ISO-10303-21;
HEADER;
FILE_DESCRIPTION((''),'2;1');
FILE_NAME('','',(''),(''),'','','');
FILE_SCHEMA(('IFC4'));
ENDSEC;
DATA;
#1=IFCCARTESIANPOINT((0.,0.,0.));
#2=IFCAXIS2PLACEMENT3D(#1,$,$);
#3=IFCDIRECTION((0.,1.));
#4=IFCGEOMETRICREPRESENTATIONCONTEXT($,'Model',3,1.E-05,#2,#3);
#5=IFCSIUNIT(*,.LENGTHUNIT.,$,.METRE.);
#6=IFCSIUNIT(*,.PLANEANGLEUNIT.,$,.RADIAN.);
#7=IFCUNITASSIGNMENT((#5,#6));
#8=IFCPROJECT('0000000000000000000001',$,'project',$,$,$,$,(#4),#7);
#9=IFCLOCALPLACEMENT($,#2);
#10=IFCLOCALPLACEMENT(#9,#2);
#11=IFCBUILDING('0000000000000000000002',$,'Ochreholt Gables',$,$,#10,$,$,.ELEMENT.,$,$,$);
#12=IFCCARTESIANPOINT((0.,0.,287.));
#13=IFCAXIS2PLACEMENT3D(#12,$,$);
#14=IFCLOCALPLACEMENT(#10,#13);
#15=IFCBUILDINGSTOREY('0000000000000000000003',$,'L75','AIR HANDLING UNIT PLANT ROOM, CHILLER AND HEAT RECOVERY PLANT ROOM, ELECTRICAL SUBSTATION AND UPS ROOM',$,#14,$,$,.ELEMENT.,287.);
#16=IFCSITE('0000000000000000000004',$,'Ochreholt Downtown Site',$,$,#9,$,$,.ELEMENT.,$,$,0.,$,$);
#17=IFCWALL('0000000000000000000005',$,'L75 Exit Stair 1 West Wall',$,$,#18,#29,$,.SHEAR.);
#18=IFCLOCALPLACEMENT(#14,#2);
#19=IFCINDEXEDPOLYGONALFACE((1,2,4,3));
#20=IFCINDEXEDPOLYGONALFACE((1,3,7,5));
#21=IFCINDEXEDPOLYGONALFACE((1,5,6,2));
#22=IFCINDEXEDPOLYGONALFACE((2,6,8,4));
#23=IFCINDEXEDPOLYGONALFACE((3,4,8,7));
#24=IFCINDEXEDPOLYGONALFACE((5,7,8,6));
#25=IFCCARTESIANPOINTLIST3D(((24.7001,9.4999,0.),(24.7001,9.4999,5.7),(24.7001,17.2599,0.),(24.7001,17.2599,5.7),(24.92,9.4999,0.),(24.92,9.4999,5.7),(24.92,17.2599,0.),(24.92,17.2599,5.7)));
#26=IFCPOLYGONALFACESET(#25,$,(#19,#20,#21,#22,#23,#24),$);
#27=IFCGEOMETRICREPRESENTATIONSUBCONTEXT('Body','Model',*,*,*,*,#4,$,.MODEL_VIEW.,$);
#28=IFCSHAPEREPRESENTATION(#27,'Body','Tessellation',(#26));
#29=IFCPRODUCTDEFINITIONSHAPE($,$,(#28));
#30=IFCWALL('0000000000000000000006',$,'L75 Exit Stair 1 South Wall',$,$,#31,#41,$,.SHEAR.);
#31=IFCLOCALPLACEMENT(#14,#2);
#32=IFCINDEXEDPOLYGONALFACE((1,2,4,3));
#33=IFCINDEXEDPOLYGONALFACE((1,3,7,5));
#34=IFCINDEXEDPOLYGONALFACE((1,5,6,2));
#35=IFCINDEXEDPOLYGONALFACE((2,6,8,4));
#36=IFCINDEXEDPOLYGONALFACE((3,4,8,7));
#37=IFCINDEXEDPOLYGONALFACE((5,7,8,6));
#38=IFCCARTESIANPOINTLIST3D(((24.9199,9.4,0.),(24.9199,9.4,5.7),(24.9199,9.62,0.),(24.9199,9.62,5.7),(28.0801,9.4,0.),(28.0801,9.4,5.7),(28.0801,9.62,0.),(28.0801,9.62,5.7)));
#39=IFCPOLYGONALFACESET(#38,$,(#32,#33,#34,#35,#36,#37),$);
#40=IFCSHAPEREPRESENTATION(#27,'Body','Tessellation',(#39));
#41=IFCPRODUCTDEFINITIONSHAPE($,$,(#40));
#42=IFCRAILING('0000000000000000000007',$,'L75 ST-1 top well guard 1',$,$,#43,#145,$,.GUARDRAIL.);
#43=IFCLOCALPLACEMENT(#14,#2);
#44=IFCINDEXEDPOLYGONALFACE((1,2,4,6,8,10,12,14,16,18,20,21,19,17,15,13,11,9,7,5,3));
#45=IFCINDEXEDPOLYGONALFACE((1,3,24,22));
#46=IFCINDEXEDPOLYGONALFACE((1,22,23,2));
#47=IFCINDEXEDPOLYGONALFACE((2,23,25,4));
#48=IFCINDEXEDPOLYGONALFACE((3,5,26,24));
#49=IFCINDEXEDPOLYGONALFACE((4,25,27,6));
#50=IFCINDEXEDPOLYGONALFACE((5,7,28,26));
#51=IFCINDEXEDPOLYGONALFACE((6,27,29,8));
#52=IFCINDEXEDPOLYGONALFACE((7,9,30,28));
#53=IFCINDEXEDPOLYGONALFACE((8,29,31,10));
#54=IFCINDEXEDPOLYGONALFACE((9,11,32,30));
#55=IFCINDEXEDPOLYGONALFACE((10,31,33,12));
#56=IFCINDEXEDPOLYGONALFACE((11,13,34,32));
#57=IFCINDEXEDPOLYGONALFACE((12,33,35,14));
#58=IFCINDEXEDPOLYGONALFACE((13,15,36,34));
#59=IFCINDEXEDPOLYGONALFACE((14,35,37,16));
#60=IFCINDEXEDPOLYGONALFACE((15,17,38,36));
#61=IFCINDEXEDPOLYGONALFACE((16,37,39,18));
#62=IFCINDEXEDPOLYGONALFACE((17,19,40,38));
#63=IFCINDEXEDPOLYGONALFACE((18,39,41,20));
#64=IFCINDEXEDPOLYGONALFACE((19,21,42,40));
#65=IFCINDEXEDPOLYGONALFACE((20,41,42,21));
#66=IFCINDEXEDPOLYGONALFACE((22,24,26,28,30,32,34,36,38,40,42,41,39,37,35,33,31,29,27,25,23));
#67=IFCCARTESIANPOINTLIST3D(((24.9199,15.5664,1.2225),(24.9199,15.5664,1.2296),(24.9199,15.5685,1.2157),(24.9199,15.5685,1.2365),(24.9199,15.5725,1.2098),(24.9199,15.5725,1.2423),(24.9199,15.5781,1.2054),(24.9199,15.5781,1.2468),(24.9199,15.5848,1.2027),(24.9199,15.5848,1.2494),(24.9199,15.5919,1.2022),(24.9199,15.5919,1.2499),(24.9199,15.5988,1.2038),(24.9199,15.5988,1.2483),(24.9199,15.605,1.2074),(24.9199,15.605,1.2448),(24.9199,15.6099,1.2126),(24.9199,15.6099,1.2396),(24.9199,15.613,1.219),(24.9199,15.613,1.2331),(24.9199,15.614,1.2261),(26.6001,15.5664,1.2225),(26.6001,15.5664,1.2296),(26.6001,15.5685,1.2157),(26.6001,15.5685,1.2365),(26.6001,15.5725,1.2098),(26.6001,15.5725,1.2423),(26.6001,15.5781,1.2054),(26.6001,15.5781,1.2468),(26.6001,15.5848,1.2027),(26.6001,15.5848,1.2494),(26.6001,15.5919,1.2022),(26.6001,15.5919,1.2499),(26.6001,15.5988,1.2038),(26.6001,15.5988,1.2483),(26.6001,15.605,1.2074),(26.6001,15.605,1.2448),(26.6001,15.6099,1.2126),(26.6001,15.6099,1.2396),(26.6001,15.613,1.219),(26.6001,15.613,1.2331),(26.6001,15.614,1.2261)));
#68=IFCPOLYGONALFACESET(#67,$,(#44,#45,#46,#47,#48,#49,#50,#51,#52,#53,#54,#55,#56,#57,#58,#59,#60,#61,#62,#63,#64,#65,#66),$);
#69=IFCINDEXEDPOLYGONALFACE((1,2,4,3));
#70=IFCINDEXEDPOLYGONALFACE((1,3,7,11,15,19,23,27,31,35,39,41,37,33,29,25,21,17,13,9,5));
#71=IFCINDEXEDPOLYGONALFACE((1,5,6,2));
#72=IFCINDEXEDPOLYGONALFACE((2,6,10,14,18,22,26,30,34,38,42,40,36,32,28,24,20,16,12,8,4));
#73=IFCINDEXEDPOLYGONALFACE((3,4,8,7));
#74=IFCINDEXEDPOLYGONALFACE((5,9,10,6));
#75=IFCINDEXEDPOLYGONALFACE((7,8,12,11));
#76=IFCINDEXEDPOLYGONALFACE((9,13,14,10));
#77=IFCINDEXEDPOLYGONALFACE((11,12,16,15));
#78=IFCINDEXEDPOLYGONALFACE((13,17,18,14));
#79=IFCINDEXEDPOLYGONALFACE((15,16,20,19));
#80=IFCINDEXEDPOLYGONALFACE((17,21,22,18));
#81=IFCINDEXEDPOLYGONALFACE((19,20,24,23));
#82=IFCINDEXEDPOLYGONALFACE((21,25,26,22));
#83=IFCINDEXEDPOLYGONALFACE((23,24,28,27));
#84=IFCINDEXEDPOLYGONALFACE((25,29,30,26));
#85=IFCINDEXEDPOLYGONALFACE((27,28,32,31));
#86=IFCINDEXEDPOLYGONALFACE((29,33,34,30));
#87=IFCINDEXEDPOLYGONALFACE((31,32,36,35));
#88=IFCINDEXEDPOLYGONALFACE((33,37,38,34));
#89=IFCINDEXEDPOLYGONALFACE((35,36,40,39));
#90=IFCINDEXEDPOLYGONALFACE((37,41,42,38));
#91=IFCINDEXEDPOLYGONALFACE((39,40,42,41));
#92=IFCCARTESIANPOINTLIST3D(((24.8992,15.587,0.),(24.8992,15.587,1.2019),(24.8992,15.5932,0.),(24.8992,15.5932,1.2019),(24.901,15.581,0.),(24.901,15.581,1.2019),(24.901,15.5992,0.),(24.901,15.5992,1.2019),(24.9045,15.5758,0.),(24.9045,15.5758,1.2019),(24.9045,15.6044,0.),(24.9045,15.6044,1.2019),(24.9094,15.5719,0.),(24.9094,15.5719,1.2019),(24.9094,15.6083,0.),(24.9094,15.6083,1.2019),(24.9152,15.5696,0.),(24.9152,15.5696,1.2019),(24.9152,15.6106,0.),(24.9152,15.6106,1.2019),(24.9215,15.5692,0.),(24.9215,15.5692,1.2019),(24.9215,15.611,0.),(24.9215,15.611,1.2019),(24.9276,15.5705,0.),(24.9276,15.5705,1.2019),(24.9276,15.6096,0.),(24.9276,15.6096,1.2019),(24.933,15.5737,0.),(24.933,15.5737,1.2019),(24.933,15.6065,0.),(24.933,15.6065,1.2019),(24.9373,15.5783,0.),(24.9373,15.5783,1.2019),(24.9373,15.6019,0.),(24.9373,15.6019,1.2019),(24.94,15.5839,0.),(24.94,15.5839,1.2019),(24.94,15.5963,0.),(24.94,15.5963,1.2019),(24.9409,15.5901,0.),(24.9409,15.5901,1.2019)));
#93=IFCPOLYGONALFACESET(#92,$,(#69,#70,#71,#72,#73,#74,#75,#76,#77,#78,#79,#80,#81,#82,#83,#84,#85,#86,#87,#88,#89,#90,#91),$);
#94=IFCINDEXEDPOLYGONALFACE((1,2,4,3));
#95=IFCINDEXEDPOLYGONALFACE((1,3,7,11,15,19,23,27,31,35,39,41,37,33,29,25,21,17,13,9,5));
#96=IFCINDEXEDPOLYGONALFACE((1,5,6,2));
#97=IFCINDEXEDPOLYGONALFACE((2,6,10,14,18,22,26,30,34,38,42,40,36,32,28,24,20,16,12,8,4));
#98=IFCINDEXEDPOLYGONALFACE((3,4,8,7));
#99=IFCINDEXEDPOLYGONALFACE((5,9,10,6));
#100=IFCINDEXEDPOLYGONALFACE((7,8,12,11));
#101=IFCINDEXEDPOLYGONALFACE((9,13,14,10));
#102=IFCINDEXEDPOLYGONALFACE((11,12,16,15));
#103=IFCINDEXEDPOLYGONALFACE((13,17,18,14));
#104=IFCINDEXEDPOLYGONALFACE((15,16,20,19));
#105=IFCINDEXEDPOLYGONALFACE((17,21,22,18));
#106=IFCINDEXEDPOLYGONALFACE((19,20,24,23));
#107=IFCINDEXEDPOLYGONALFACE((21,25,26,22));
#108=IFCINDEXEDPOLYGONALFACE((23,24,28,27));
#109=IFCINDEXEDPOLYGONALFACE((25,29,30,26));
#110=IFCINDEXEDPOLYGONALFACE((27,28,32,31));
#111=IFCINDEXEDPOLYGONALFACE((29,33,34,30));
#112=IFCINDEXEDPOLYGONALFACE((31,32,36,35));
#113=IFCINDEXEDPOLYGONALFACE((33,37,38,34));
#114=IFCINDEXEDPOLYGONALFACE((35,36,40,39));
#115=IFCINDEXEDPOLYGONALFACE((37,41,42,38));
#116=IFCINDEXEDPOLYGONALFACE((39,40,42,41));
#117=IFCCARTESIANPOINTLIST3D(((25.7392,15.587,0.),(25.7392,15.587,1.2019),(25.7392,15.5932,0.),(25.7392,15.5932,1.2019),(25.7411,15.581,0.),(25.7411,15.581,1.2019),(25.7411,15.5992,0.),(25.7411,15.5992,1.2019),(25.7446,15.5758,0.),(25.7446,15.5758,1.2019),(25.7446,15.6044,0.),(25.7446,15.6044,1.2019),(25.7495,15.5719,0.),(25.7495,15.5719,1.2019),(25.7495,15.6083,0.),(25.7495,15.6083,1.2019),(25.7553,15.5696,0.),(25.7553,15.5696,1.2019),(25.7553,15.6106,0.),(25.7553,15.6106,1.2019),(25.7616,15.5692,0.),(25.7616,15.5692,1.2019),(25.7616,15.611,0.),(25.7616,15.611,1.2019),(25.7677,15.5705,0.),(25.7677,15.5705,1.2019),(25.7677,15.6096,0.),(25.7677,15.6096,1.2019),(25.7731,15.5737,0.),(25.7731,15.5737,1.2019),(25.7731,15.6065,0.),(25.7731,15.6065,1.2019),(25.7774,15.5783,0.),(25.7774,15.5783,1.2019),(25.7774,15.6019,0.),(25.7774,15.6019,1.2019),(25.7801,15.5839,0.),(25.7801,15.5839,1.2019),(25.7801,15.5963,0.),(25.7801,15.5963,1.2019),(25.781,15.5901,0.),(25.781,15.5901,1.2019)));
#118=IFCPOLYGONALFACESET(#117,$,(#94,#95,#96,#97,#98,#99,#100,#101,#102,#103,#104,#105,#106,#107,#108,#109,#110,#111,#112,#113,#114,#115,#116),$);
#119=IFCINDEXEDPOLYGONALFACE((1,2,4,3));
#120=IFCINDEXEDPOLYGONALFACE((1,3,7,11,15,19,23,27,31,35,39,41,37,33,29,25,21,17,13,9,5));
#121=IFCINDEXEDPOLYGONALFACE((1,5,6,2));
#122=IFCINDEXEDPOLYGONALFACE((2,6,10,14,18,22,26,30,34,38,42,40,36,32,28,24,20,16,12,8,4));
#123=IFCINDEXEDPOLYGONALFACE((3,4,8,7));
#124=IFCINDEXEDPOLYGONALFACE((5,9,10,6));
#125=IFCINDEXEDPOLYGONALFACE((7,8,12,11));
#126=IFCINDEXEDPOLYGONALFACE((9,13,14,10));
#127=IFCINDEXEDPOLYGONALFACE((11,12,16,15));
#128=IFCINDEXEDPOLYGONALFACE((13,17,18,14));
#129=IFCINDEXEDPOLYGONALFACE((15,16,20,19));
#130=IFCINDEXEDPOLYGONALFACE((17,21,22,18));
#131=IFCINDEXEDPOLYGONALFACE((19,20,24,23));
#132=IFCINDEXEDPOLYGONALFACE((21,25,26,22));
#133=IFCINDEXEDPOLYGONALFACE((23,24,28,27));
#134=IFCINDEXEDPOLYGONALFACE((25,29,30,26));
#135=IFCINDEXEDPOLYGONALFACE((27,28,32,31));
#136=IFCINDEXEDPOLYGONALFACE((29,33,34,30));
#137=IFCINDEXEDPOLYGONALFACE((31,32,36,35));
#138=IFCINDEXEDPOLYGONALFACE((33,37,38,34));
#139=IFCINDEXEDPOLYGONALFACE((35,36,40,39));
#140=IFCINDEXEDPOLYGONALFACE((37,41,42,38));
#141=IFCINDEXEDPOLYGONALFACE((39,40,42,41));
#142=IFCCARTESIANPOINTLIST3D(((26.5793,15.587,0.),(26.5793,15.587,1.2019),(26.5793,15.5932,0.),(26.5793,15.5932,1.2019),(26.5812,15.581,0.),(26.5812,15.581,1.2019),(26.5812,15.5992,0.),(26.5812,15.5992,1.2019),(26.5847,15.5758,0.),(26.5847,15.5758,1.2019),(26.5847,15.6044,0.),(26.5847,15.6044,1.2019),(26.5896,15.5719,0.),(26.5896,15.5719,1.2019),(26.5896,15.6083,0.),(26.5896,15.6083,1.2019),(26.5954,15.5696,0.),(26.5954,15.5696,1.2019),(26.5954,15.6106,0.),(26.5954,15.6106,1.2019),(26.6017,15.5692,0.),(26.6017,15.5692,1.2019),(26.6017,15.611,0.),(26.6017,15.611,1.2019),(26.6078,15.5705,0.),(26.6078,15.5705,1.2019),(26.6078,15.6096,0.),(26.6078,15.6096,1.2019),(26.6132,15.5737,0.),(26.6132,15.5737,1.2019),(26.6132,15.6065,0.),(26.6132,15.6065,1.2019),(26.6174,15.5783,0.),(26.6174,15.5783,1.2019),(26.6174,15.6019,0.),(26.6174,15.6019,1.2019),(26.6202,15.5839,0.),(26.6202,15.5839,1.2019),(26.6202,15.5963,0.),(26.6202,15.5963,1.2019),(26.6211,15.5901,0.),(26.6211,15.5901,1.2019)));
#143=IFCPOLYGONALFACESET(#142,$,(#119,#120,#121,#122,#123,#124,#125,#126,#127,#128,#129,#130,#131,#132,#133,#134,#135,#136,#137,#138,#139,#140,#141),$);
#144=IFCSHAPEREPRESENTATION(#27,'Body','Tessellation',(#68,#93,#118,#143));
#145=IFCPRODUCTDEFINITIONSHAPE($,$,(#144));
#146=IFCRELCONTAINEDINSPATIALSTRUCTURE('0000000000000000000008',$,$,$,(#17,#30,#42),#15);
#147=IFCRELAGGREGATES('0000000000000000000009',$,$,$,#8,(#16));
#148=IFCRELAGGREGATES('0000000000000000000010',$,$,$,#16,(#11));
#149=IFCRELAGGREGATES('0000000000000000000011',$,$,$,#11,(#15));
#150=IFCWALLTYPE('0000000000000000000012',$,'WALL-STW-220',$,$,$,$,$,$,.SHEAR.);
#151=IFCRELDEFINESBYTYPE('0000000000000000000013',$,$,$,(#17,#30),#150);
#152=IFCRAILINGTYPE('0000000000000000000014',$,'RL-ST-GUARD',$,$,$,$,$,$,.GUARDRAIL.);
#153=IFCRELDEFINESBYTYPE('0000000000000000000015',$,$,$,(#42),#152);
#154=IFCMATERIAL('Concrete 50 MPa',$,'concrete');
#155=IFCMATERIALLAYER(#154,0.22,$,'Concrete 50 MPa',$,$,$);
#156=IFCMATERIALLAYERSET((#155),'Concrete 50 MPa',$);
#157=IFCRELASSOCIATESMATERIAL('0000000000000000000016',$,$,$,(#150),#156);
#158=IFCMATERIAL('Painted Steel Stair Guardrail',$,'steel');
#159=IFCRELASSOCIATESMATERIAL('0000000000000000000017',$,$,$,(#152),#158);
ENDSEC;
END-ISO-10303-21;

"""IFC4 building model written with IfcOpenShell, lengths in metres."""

from ifc_helpers import new_model, si_unit, direction, frame, frame_2d, origin, origin_2d, place, context, subcontext, project, spatial, rectangle, circle, extrude, material, layer, layer_set, type_object, element, save


model = new_model("IFC4")

# Units and contexts
model_context = context("Model", 3, precision=1e-05, world=origin(), true_north=direction((0.0, 1.0)))
body_context = subcontext(model_context, "Body", "Model", "MODEL_VIEW")
ifc_project = project(units=[si_unit("LENGTHUNIT", "METRE"), si_unit("PLANEANGLEUNIT", "RADIAN")], contexts=[model_context])

# Site, building, storey
site_placement = place(None, origin())
site = spatial("IfcSite", under=ifc_project, at=site_placement, Name="Ochreholt Downtown Site", CompositionType="ELEMENT", RefElevation=0.0)
building_placement = place(site_placement, origin())
building = spatial("IfcBuilding", under=site, at=building_placement, Name="Ochreholt Gables", CompositionType="ELEMENT")
storey_placement = place(building_placement, frame((0.0, 0.0, 287.0)))
storey = spatial("IfcBuildingStorey", under=building, at=storey_placement, Name="L75", Description="AIR HANDLING UNIT PLANT ROOM, CHILLER AND HEAT RECOVERY PLANT ROOM, ELECTRICAL SUBSTATION AND UPS ROOM", CompositionType="ELEMENT", Elevation=287.0)

# Shared definitions
ifc_material_1 = material(Name="Concrete 50 MPa", Category="concrete")

# Walls
ifc_layer_1 = layer(ifc_material_1, 0.22, Name="Concrete 50 MPa")
ifc_layer_set_1 = layer_set([ifc_layer_1], Name="Concrete 50 MPa")
wall_type_1 = type_object("IfcWallType", Name="WALL-STW-220", PredefinedType="SHEAR", material=ifc_layer_set_1)
wall_1_placement = place(storey_placement, frame((24.8101, 9.5, 0.0), z_axis=(0.0, 0.0, 1.0), x_axis=(0.0, 1.0, 0.0)))
element("IfcWall", 1, at=wall_1_placement, inside=storey, type_object=wall_type_1, Name="L75 Exit Stair 1 West Wall", PredefinedType="SHEAR", context=body_context, shape_type="SweptSolid", body=[
    extrude(rectangle(XDim=7.76, YDim=0.22, at=frame_2d((3.8799, 0.0))), origin(), (0.0, 0.0, 1.0), 5.7),
])
wall_2_placement = place(storey_placement, frame((24.9199, 9.51, 0.0), z_axis=(0.0, 0.0, 1.0), x_axis=(1.0, 0.0, 0.0)))
element("IfcWall", 2, at=wall_2_placement, inside=storey, type_object=wall_type_1, Name="L75 Exit Stair 1 South Wall", PredefinedType="SHEAR", context=body_context, shape_type="SweptSolid", body=[
    extrude(rectangle(XDim=3.1602, YDim=0.22, at=frame_2d((1.5801, 0.0))), origin(), (0.0, 0.0, 1.0), 5.7),
])

# Railing
ifc_material_2 = material(Name="Painted Steel Stair Guardrail", Category="steel")
railing_type = type_object("IfcRailingType", Name="RL-ST-GUARD", PredefinedType="GUARDRAIL", material=ifc_material_2)
railing_placement = place(storey_placement, frame((24.9199, 15.5901, 0.0)))
element("IfcRailing", 3, at=railing_placement, inside=storey, type_object=railing_type, Name="L75 ST-1 top well guard 1", PredefinedType="GUARDRAIL", context=body_context, shape_type="SweptSolid", body=[
    extrude(circle(Radius=0.0239, at=origin_2d()), frame((0.0, 0.0, 1.2261), z_axis=(1.0, 0.0, 0.0), x_axis=(0.0, 1.0, 0.0)), (0.0, 0.0, 1.0), 1.6802),
    extrude(circle(Radius=0.021, at=origin_2d()), origin(), (0.0, 0.0, 1.0), 1.2019),
    extrude(circle(Radius=0.021, at=origin_2d()), frame((0.8401, 0.0, 0.0)), (0.0, 0.0, 1.0), 1.2019),
    extrude(circle(Radius=0.021, at=origin_2d()), frame((1.6802, 0.0, 0.0)), (0.0, 0.0, 1.0), 1.2019),
])

save(model, "model.ifc")
